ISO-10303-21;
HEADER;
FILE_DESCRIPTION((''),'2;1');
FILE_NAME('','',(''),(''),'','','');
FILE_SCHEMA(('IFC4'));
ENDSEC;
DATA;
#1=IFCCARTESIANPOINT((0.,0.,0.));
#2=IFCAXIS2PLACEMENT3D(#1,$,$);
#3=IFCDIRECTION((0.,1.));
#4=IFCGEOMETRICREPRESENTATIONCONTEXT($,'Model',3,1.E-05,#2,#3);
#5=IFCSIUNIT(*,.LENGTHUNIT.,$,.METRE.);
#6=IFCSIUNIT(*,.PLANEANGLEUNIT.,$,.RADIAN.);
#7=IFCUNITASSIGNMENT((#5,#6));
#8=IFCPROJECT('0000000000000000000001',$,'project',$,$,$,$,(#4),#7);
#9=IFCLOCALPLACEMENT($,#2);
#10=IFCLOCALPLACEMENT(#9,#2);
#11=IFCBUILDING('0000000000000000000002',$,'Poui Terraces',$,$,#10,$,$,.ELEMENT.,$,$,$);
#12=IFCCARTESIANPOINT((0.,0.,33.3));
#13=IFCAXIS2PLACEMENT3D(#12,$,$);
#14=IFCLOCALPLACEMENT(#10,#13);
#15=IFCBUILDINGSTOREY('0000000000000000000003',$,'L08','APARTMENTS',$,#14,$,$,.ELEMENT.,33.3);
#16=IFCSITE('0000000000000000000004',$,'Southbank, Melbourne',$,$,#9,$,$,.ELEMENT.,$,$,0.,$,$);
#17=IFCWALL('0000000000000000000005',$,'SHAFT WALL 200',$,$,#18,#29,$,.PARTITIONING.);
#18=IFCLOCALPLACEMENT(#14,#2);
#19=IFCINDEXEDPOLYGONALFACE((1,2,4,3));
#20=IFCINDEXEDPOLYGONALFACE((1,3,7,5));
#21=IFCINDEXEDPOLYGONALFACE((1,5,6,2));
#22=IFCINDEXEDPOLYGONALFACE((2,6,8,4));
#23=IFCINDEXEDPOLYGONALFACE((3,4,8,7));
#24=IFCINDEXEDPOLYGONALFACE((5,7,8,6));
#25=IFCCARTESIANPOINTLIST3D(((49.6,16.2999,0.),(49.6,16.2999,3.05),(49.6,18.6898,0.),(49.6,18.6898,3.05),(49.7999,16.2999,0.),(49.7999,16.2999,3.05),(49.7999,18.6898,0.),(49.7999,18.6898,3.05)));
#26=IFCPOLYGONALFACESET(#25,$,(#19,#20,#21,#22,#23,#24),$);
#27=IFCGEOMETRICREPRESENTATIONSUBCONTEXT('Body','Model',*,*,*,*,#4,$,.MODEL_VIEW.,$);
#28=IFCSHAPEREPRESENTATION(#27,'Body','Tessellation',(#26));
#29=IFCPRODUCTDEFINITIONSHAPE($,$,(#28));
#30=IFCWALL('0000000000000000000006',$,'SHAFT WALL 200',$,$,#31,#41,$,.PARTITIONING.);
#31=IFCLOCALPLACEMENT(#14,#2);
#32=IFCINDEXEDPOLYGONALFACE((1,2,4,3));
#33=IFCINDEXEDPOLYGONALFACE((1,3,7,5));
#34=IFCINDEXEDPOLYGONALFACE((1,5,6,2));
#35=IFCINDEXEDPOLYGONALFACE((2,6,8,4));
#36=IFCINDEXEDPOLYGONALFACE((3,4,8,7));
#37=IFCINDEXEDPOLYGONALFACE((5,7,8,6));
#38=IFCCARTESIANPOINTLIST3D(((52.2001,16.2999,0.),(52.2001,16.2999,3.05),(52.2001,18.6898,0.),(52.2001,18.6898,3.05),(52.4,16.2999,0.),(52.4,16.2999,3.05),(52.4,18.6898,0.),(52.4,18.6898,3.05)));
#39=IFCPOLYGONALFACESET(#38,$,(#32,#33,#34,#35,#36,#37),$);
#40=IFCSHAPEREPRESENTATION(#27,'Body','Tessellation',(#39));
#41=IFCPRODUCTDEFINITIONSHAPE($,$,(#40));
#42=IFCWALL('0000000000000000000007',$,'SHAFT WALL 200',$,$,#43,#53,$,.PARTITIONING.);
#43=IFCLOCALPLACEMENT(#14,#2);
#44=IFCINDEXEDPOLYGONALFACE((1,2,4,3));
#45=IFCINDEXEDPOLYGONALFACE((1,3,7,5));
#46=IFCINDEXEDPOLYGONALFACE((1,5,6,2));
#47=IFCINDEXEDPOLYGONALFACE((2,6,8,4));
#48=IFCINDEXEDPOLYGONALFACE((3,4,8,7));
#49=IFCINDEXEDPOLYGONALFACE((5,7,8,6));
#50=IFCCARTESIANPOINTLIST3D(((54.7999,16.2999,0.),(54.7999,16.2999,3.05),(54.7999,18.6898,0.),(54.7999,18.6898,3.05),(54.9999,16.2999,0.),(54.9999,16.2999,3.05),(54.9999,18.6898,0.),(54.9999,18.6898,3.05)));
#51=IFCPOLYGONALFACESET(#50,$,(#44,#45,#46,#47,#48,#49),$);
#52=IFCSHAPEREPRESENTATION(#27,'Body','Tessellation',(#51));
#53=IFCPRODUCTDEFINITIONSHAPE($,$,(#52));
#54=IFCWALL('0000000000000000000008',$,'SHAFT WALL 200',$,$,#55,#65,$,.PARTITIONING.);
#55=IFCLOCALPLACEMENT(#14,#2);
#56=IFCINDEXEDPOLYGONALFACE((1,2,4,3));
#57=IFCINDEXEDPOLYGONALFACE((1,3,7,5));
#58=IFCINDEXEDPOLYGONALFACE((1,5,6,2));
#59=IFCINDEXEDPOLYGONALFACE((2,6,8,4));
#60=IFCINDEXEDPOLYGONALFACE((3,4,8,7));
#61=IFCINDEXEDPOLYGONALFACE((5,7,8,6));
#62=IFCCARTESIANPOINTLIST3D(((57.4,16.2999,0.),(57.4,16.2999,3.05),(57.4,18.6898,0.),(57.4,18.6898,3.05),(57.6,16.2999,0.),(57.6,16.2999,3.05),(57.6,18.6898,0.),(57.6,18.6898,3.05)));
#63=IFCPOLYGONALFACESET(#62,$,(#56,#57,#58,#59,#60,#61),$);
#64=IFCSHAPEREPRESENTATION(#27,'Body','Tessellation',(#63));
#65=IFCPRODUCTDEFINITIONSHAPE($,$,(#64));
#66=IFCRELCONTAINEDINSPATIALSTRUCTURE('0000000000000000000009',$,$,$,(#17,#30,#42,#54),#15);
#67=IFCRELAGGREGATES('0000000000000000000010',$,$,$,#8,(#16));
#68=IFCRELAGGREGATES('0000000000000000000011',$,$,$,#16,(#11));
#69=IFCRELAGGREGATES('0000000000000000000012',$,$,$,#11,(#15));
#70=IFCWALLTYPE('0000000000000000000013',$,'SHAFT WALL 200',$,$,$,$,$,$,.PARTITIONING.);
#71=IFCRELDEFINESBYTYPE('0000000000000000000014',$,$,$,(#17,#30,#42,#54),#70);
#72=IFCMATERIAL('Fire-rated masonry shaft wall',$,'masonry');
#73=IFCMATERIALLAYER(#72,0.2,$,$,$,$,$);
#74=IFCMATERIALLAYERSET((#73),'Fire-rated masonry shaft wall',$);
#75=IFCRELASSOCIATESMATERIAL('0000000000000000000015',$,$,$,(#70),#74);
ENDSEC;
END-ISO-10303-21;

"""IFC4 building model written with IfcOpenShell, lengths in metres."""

from ifc_helpers import new_model, si_unit, direction, frame, frame_2d, origin, place, context, subcontext, project, spatial, rectangle, extrude, material, layer, layer_set, type_object, element, save


model = new_model("IFC4")

# Units and contexts
model_context = context("Model", 3, precision=1e-05, world=origin(), true_north=direction((0.0, 1.0)))
body_context = subcontext(model_context, "Body", "Model", "MODEL_VIEW")
ifc_project = project(units=[si_unit("LENGTHUNIT", "METRE"), si_unit("PLANEANGLEUNIT", "RADIAN")], contexts=[model_context])

# Site, building, storey
site_placement = place(None, origin())
site = spatial("IfcSite", under=ifc_project, at=site_placement, Name="Southbank, Melbourne", CompositionType="ELEMENT", RefElevation=0.0)
building_placement = place(site_placement, origin())
building = spatial("IfcBuilding", under=site, at=building_placement, Name="Poui Terraces", CompositionType="ELEMENT")
storey_placement = place(building_placement, frame((0.0, 0.0, 33.3)))
storey = spatial("IfcBuildingStorey", under=building, at=storey_placement, Name="L08", Description="APARTMENTS", CompositionType="ELEMENT", Elevation=33.3)

# Walls
ifc_material_1 = material(Name="Fire-rated masonry shaft wall", Category="masonry")
ifc_layer_1 = layer(ifc_material_1, 0.2)
ifc_layer_set_1 = layer_set([ifc_layer_1], Name="Fire-rated masonry shaft wall")
wall_type_1 = type_object("IfcWallType", Name="SHAFT WALL 200", PredefinedType="PARTITIONING", material=ifc_layer_set_1)
for number, where, z_axis, x_axis, name in (
    (1, (49.7, 16.3, 0.0), (0.0, 0.0, 1.0), (0.0, 1.0, 0.0), "SHAFT WALL 200"),
    (2, (52.3, 16.3, 0.0), (0.0, 0.0, 1.0), (0.0, 1.0, 0.0), "SHAFT WALL 200"),
    (3, (54.8999, 16.3, 0.0), (0.0, 0.0, 1.0), (0.0, 1.0, 0.0), "SHAFT WALL 200"),
    (4, (57.5, 16.3, 0.0), (0.0, 0.0, 1.0), (0.0, 1.0, 0.0), "SHAFT WALL 200"),
):
    element("IfcWall", number, at=place(storey_placement, frame(where, z_axis=z_axis, x_axis=x_axis)), inside=storey, type_object=wall_type_1, Name=name, PredefinedType="PARTITIONING", context=body_context, shape_type="SweptSolid", body=[
        extrude(rectangle(XDim=2.3899, YDim=0.2, at=frame_2d((1.1948, 0.0))), origin(), (0.0, 0.0, 1.0), 3.05),
    ])

save(model, "model.ifc")
